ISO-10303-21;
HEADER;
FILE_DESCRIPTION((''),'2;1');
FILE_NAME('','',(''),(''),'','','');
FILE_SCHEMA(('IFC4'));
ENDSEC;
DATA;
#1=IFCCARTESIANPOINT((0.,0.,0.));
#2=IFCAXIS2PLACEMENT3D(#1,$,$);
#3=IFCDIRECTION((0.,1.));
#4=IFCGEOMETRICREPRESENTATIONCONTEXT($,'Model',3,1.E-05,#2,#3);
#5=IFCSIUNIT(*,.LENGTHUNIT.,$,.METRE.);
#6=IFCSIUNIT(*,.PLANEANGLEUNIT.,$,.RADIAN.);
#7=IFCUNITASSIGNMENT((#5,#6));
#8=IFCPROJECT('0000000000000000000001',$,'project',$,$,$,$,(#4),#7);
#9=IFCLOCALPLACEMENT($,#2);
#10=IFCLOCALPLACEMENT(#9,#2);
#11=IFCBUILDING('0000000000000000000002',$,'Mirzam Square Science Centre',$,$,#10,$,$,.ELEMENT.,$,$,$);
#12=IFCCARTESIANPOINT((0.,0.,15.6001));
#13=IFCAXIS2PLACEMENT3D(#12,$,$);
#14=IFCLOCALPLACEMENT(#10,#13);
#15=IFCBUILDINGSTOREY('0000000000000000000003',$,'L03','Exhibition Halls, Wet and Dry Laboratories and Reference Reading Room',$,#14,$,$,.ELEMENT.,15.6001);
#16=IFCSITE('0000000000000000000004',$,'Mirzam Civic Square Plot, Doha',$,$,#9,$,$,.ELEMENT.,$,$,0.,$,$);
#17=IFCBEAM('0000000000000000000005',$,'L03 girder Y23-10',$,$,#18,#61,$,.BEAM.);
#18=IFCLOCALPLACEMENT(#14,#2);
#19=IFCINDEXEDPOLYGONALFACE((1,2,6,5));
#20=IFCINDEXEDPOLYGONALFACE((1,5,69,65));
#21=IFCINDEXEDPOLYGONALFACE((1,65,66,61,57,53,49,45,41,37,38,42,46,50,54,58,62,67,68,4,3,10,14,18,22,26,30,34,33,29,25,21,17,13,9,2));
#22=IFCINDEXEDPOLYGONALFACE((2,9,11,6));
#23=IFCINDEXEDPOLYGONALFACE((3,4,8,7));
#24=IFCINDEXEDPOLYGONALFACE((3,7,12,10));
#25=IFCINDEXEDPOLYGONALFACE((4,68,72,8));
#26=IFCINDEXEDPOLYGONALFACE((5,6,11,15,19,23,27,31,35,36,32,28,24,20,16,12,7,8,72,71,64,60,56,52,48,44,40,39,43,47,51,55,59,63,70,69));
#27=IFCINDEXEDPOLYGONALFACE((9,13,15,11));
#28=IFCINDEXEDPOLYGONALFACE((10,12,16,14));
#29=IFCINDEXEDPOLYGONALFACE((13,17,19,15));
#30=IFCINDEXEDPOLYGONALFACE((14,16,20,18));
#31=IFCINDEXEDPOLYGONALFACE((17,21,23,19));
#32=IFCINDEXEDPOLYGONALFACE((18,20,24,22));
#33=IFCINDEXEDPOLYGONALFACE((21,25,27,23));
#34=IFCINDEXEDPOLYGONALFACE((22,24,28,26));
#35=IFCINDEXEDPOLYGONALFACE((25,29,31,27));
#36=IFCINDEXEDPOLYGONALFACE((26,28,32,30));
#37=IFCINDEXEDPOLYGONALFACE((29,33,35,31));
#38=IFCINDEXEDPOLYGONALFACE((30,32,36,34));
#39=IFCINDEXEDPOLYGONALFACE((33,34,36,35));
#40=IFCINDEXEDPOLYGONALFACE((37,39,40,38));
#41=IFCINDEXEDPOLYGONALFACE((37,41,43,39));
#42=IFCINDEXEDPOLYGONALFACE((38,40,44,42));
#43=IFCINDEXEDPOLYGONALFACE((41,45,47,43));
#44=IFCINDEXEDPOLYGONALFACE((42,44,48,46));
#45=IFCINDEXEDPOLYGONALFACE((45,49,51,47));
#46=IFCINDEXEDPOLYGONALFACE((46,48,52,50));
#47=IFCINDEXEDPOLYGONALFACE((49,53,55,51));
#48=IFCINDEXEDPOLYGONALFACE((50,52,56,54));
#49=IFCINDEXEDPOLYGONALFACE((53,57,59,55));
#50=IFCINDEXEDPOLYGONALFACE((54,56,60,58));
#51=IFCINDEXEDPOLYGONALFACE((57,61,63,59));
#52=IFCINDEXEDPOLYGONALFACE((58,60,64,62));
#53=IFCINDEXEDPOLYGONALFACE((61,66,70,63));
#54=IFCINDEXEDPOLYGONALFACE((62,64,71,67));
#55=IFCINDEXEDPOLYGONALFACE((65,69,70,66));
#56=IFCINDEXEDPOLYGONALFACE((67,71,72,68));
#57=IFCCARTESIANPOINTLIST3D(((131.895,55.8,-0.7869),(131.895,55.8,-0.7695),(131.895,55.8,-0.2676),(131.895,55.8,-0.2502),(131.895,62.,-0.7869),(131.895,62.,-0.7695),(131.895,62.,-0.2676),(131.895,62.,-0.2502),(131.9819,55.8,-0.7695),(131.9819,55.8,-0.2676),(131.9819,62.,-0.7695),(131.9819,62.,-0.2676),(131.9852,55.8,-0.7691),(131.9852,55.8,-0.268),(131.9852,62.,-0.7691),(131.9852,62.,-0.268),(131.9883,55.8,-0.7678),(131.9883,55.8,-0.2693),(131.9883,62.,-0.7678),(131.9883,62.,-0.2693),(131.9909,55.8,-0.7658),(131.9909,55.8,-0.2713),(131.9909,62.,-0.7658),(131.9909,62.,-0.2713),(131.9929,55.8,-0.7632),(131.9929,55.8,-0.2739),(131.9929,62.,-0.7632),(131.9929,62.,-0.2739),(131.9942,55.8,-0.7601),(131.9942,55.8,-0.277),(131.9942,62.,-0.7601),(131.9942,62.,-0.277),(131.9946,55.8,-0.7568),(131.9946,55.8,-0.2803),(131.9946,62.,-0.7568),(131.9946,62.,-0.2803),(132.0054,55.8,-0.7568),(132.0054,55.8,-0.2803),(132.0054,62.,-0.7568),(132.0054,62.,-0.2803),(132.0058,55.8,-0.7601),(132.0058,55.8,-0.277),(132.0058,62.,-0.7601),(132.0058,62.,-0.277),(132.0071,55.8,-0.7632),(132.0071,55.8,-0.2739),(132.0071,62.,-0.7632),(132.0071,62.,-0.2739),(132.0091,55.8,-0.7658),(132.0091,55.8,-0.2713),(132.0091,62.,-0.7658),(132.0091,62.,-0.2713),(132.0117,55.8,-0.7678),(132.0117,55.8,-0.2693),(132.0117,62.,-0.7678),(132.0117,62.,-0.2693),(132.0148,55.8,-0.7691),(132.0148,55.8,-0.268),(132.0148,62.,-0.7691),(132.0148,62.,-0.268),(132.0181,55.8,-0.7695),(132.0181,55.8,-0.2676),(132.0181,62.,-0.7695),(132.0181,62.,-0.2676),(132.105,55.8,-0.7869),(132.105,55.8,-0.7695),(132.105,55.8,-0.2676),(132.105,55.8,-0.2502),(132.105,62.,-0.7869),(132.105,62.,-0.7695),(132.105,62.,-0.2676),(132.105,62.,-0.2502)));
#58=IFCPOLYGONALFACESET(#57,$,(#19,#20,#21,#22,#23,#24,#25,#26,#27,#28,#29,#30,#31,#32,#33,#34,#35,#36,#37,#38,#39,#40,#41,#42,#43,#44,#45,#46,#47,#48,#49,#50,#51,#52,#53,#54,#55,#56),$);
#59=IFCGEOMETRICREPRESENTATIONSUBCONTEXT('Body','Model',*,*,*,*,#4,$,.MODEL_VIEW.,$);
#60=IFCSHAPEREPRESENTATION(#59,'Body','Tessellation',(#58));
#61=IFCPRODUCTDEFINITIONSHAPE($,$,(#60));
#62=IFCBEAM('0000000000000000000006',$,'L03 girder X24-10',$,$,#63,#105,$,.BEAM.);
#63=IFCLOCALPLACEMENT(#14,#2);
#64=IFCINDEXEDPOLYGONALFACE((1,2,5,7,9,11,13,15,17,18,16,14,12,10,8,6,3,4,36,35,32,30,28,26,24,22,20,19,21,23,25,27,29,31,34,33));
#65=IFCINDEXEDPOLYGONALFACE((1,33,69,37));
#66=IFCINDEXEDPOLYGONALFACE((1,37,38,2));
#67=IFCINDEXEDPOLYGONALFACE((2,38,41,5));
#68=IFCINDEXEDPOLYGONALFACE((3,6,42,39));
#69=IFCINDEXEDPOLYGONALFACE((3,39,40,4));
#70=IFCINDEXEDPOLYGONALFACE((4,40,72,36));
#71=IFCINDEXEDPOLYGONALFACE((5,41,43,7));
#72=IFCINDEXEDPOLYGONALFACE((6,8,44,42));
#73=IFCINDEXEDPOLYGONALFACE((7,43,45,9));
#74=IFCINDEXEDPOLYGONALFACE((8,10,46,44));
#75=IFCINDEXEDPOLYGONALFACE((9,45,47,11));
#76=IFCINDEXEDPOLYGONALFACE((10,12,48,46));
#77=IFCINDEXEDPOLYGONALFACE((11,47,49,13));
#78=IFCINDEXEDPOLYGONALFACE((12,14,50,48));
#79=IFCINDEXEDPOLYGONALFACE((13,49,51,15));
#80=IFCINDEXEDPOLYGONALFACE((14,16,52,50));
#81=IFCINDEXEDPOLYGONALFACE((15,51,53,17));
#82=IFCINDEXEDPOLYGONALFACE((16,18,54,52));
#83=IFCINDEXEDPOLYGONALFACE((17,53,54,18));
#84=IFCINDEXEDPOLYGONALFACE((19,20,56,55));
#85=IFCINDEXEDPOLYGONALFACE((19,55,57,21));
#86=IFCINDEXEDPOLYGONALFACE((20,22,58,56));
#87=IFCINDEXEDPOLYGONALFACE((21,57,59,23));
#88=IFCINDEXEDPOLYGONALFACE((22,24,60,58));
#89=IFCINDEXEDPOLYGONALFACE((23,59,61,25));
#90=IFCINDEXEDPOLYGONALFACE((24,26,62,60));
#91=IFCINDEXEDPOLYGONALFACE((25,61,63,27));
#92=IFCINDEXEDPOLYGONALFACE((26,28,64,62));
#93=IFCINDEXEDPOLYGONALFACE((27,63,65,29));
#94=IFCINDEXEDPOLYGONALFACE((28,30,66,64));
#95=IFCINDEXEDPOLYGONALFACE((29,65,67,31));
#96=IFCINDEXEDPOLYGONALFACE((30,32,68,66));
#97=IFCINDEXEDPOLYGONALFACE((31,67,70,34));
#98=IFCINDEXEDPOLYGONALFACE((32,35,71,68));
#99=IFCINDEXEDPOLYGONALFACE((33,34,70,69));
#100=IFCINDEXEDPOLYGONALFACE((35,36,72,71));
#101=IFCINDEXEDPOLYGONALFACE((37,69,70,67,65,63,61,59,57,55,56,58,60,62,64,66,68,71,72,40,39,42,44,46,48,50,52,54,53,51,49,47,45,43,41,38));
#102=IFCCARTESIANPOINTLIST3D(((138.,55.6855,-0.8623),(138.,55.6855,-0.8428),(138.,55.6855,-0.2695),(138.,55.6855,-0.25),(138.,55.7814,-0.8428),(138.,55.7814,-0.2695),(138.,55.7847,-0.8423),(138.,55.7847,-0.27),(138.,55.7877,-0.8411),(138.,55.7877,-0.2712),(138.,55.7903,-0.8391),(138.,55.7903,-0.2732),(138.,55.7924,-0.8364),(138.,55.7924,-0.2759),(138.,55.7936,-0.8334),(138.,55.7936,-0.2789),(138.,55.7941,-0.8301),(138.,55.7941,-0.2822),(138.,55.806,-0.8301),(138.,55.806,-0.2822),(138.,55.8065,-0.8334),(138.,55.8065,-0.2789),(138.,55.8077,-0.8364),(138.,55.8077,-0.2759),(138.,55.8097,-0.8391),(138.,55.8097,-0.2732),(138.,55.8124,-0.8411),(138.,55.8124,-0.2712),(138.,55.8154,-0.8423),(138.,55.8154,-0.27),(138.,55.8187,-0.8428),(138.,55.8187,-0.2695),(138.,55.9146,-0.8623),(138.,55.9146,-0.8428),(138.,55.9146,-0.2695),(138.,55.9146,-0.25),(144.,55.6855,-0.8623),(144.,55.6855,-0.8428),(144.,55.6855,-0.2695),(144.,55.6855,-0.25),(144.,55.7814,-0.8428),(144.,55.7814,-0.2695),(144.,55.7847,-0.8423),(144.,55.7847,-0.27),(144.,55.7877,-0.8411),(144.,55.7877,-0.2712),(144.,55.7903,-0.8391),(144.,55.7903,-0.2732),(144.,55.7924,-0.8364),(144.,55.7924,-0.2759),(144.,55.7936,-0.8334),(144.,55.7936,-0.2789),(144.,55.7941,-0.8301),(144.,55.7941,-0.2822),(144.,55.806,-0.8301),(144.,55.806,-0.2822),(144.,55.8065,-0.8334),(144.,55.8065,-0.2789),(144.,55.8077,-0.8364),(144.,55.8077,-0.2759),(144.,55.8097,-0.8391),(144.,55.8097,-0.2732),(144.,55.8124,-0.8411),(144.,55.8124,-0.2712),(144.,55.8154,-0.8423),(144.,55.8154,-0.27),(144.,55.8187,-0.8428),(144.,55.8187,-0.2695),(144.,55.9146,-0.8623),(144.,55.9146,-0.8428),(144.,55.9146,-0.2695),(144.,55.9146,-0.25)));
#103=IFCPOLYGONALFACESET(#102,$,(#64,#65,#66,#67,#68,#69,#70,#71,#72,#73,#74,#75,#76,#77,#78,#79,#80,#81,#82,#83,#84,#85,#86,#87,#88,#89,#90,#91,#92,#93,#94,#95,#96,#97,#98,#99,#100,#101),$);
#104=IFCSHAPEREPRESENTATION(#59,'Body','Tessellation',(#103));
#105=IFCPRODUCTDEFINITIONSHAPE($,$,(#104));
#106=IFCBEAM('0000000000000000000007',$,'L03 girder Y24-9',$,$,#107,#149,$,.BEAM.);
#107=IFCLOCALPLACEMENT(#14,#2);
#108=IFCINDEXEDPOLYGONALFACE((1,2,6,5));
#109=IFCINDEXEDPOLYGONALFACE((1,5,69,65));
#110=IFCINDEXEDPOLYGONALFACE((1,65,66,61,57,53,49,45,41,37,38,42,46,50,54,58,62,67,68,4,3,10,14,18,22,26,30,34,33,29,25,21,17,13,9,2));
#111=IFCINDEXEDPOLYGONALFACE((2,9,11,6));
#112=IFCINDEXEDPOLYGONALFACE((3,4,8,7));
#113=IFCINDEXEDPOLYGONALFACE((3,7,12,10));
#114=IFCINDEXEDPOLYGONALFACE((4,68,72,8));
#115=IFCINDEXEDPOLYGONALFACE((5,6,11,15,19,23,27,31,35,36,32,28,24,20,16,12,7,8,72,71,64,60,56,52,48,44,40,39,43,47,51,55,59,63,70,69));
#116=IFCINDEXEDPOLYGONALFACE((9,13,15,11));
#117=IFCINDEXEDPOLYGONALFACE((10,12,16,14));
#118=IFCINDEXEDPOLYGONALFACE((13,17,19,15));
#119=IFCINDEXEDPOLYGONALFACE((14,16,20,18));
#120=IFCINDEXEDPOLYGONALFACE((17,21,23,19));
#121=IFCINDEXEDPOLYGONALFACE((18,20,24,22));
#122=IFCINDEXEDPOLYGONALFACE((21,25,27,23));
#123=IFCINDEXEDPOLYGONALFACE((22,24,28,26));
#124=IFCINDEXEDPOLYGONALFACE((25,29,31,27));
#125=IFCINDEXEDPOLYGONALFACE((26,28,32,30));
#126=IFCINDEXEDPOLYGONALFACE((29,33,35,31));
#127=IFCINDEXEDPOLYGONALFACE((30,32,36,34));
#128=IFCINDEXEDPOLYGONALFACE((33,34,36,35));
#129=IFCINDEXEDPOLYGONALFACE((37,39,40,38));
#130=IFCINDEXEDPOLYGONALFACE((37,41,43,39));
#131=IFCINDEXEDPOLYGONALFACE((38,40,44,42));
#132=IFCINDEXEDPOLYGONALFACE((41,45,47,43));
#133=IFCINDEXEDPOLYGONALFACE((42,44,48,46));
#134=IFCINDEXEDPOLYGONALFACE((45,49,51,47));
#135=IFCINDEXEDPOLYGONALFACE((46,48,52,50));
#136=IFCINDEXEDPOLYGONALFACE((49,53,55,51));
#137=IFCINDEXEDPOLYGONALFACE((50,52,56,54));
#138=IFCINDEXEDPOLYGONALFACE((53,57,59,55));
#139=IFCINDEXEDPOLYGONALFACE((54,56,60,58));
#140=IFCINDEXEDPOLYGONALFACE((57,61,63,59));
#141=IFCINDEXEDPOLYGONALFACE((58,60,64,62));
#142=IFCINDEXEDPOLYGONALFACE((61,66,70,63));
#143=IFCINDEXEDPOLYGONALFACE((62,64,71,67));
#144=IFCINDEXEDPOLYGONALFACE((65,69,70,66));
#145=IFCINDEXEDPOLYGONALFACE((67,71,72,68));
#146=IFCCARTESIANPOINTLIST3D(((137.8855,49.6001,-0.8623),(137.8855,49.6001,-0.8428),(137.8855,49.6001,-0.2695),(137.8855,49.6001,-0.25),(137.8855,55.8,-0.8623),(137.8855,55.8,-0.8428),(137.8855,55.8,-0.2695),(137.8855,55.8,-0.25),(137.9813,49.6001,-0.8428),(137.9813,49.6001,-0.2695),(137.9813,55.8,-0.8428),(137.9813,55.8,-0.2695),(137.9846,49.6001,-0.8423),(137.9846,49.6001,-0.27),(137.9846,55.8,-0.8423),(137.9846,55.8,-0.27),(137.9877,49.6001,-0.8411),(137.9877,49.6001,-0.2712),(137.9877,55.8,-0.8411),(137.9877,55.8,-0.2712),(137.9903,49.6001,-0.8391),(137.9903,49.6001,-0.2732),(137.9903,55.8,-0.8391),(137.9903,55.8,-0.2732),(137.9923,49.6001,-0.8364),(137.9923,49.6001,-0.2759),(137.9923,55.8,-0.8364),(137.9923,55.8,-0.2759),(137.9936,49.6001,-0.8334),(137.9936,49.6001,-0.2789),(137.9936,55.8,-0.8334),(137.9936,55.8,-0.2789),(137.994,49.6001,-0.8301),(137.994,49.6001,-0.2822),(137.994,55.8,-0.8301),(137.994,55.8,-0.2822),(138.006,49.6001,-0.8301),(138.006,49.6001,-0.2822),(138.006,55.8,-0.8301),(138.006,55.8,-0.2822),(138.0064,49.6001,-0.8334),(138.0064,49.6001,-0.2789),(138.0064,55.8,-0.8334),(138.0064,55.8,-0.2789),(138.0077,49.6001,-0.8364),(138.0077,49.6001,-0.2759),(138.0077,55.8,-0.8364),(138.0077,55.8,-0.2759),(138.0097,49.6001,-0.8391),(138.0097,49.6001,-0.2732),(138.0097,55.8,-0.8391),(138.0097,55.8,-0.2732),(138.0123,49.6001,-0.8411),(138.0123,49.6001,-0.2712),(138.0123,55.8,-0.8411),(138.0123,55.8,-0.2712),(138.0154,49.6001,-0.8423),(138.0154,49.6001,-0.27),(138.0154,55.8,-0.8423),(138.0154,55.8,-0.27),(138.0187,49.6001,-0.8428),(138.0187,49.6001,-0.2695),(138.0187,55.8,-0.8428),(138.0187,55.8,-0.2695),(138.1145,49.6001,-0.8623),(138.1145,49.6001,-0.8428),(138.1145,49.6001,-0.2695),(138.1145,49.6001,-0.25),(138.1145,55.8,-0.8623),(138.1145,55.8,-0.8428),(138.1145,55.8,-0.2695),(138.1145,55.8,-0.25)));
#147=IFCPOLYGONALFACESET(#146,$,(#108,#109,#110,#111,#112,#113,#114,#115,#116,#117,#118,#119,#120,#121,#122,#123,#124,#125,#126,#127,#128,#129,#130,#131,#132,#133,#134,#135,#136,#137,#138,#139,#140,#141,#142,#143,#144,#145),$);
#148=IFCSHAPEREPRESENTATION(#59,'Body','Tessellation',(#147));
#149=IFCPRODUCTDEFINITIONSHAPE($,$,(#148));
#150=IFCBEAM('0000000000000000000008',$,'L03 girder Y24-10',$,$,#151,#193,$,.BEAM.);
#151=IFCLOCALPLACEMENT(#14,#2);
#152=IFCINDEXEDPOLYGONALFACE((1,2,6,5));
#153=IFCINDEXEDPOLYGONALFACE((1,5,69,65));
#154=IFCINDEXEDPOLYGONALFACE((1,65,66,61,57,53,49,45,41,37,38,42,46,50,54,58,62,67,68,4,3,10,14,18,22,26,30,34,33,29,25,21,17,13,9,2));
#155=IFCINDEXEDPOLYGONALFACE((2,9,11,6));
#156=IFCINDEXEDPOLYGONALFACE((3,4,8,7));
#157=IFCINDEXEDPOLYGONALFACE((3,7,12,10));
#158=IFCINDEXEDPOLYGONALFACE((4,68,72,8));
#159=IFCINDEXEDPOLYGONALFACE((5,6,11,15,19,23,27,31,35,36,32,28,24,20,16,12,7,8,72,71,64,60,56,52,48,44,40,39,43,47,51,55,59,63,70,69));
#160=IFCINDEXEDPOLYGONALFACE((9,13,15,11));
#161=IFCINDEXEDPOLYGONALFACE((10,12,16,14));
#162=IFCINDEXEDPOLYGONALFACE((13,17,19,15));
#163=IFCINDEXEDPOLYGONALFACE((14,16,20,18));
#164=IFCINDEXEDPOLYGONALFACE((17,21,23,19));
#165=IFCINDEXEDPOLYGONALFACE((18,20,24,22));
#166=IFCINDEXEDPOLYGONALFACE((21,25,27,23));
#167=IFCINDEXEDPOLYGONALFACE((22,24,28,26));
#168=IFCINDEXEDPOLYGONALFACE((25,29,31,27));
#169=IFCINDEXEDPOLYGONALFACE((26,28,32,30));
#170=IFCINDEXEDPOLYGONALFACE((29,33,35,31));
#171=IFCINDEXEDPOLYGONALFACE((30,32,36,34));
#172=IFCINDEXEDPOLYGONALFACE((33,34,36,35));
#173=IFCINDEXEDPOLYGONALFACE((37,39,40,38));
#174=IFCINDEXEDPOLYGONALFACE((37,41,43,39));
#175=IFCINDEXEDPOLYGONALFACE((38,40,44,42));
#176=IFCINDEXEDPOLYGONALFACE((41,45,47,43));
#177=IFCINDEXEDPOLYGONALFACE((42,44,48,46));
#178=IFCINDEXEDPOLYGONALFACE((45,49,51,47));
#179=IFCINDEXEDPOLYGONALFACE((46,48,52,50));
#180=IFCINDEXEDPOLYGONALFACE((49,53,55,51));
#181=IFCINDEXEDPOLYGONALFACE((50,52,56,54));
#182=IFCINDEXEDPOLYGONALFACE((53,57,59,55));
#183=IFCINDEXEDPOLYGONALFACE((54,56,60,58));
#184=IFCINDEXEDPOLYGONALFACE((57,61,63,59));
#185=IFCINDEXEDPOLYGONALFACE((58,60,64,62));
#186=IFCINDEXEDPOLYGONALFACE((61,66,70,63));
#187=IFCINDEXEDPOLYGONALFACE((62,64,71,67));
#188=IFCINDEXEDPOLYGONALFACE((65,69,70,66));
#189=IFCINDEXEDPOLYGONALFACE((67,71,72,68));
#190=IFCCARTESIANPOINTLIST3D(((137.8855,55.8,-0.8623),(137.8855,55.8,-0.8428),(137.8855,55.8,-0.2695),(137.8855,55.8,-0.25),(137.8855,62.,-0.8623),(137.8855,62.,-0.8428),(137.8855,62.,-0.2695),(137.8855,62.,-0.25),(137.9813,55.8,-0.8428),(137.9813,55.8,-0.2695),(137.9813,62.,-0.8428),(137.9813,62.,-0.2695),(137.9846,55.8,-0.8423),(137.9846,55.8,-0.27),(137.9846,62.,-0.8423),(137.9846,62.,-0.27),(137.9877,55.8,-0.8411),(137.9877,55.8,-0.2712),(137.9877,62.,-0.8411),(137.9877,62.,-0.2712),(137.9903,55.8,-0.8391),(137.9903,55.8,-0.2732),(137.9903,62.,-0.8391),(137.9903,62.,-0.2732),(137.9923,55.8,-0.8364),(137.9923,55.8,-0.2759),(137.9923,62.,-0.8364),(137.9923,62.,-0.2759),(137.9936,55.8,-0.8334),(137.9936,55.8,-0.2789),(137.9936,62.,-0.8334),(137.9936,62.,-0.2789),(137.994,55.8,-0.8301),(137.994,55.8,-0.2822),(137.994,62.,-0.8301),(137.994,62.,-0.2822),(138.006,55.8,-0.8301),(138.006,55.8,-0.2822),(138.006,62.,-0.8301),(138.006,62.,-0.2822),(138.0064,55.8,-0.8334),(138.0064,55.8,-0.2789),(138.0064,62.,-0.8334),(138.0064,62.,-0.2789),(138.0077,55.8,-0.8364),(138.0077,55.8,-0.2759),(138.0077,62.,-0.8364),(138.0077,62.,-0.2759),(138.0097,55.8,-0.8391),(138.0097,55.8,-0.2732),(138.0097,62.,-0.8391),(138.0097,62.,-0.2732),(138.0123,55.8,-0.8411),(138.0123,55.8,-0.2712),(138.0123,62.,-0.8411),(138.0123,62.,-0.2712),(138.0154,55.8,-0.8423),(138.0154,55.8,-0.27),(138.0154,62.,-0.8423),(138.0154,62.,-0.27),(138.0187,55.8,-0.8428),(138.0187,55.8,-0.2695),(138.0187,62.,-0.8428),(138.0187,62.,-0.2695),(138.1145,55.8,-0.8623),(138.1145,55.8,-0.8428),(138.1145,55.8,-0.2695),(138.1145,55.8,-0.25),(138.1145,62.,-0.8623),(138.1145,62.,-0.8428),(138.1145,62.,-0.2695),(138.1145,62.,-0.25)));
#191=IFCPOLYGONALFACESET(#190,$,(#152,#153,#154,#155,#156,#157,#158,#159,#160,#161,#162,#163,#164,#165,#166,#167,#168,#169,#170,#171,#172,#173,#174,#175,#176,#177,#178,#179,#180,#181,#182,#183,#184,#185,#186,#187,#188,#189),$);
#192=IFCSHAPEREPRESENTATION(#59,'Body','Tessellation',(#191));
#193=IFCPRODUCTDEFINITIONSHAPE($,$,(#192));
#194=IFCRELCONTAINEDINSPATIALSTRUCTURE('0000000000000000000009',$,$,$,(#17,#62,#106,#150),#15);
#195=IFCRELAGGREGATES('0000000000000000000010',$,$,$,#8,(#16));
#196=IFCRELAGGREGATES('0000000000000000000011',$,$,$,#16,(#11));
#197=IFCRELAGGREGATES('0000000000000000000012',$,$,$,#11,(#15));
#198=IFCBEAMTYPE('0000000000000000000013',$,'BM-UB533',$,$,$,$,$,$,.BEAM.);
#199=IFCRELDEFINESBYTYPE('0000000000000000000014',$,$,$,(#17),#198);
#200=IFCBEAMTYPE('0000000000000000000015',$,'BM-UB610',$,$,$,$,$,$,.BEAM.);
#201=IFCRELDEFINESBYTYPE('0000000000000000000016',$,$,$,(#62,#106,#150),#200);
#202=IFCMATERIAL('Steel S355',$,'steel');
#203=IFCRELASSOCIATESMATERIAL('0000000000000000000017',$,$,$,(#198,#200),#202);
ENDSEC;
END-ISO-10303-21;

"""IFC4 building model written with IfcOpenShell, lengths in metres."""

from ifc_helpers import new_model, si_unit, direction, frame, origin, origin_2d, place, context, subcontext, project, spatial, i_section, extrude, material, material_profile, profile_set, type_object, element, save


model = new_model("IFC4")

# Units and contexts
model_context = context("Model", 3, precision=1e-05, world=origin(), true_north=direction((0.0, 1.0)))
body_context = subcontext(model_context, "Body", "Model", "MODEL_VIEW")
ifc_project = project(units=[si_unit("LENGTHUNIT", "METRE"), si_unit("PLANEANGLEUNIT", "RADIAN")], contexts=[model_context])

# Site, building, storey
site_placement = place(None, origin())
site = spatial("IfcSite", under=ifc_project, at=site_placement, Name="Mirzam Civic Square Plot, Doha", CompositionType="ELEMENT", RefElevation=0.0)
building_placement = place(site_placement, origin())
building = spatial("IfcBuilding", under=site, at=building_placement, Name="Mirzam Square Science Centre", CompositionType="ELEMENT")
storey_placement = place(building_placement, frame((0.0, 0.0, 15.6001)))
storey = spatial("IfcBuildingStorey", under=building, at=storey_placement, Name="L03", Description="Exhibition Halls, Wet and Dry Laboratories and Reference Reading Room", CompositionType="ELEMENT", Elevation=15.6001)

# Shared definitions
ifc_material_1 = material(Name="Steel S355", Category="steel")

# Beams
ifc_material_profile_1 = material_profile(ifc_material_1, i_section(OverallWidth=0.21, OverallDepth=0.5366, WebThickness=0.0107, FlangeThickness=0.0173, FilletRadius=0.0127, at=origin_2d()), Name="533x210x101UB")
ifc_profile_set_1 = profile_set([ifc_material_profile_1], Name="Steel S355")
beam_type_1 = type_object("IfcBeamType", Name="BM-UB533", PredefinedType="BEAM", material=ifc_profile_set_1)
beam_1_placement = place(storey_placement, frame((132.0, 55.8, -0.5186), z_axis=(0.0, 1.0, 0.0), x_axis=(-1.0, 0.0, 0.0)))
element("IfcBeam", 1, at=beam_1_placement, inside=storey, type_object=beam_type_1, Name="L03 girder Y23-10", PredefinedType="BEAM", context=body_context, shape_type="SweptSolid", body=[
    extrude(i_section(OverallWidth=0.21, OverallDepth=0.5366, WebThickness=0.0107, FlangeThickness=0.0173, FilletRadius=0.0127, at=origin_2d()), origin(), (0.0, 0.0, 1.0), 6.2),
])
ifc_material_profile_2 = material_profile(ifc_material_1, i_section(OverallWidth=0.229, OverallDepth=0.6123, WebThickness=0.012, FlangeThickness=0.0195, FilletRadius=0.0127, at=origin_2d()), Name="610x229x125UB")
ifc_profile_set_2 = profile_set([ifc_material_profile_2], Name="Steel S355")
beam_type_2 = type_object("IfcBeamType", Name="BM-UB610", PredefinedType="BEAM", material=ifc_profile_set_2)
beam_2_placement = place(storey_placement, frame((138.0, 55.8, -0.5562), z_axis=(1.0, 0.0, 0.0), x_axis=(0.0, 1.0, 0.0)))
element("IfcBeam", 2, at=beam_2_placement, inside=storey, type_object=beam_type_2, Name="L03 girder X24-10", PredefinedType="BEAM", context=body_context, shape_type="SweptSolid", body=[
    extrude(i_section(OverallWidth=0.229, OverallDepth=0.6123, WebThickness=0.012, FlangeThickness=0.0195, FilletRadius=0.0127, at=origin_2d()), origin(), (0.0, 0.0, 1.0), 6.0),
])
for number, where, z_axis, x_axis, name in (
    (3, (138.0, 49.6001, -0.5562), (0.0, 1.0, 0.0), (-1.0, 0.0, 0.0), "L03 girder Y24-9"),
    (4, (138.0, 55.8, -0.5562), (0.0, 1.0, 0.0), (-1.0, 0.0, 0.0), "L03 girder Y24-10"),
):
    element("IfcBeam", number, at=place(storey_placement, frame(where, z_axis=z_axis, x_axis=x_axis)), inside=storey, type_object=beam_type_2, Name=name, PredefinedType="BEAM", context=body_context, shape_type="SweptSolid", body=[
        extrude(i_section(OverallWidth=0.229, OverallDepth=0.6123, WebThickness=0.012, FlangeThickness=0.0195, FilletRadius=0.0127, at=origin_2d()), origin(), (0.0, 0.0, 1.0), 6.2),
    ])

save(model, "model.ifc")
